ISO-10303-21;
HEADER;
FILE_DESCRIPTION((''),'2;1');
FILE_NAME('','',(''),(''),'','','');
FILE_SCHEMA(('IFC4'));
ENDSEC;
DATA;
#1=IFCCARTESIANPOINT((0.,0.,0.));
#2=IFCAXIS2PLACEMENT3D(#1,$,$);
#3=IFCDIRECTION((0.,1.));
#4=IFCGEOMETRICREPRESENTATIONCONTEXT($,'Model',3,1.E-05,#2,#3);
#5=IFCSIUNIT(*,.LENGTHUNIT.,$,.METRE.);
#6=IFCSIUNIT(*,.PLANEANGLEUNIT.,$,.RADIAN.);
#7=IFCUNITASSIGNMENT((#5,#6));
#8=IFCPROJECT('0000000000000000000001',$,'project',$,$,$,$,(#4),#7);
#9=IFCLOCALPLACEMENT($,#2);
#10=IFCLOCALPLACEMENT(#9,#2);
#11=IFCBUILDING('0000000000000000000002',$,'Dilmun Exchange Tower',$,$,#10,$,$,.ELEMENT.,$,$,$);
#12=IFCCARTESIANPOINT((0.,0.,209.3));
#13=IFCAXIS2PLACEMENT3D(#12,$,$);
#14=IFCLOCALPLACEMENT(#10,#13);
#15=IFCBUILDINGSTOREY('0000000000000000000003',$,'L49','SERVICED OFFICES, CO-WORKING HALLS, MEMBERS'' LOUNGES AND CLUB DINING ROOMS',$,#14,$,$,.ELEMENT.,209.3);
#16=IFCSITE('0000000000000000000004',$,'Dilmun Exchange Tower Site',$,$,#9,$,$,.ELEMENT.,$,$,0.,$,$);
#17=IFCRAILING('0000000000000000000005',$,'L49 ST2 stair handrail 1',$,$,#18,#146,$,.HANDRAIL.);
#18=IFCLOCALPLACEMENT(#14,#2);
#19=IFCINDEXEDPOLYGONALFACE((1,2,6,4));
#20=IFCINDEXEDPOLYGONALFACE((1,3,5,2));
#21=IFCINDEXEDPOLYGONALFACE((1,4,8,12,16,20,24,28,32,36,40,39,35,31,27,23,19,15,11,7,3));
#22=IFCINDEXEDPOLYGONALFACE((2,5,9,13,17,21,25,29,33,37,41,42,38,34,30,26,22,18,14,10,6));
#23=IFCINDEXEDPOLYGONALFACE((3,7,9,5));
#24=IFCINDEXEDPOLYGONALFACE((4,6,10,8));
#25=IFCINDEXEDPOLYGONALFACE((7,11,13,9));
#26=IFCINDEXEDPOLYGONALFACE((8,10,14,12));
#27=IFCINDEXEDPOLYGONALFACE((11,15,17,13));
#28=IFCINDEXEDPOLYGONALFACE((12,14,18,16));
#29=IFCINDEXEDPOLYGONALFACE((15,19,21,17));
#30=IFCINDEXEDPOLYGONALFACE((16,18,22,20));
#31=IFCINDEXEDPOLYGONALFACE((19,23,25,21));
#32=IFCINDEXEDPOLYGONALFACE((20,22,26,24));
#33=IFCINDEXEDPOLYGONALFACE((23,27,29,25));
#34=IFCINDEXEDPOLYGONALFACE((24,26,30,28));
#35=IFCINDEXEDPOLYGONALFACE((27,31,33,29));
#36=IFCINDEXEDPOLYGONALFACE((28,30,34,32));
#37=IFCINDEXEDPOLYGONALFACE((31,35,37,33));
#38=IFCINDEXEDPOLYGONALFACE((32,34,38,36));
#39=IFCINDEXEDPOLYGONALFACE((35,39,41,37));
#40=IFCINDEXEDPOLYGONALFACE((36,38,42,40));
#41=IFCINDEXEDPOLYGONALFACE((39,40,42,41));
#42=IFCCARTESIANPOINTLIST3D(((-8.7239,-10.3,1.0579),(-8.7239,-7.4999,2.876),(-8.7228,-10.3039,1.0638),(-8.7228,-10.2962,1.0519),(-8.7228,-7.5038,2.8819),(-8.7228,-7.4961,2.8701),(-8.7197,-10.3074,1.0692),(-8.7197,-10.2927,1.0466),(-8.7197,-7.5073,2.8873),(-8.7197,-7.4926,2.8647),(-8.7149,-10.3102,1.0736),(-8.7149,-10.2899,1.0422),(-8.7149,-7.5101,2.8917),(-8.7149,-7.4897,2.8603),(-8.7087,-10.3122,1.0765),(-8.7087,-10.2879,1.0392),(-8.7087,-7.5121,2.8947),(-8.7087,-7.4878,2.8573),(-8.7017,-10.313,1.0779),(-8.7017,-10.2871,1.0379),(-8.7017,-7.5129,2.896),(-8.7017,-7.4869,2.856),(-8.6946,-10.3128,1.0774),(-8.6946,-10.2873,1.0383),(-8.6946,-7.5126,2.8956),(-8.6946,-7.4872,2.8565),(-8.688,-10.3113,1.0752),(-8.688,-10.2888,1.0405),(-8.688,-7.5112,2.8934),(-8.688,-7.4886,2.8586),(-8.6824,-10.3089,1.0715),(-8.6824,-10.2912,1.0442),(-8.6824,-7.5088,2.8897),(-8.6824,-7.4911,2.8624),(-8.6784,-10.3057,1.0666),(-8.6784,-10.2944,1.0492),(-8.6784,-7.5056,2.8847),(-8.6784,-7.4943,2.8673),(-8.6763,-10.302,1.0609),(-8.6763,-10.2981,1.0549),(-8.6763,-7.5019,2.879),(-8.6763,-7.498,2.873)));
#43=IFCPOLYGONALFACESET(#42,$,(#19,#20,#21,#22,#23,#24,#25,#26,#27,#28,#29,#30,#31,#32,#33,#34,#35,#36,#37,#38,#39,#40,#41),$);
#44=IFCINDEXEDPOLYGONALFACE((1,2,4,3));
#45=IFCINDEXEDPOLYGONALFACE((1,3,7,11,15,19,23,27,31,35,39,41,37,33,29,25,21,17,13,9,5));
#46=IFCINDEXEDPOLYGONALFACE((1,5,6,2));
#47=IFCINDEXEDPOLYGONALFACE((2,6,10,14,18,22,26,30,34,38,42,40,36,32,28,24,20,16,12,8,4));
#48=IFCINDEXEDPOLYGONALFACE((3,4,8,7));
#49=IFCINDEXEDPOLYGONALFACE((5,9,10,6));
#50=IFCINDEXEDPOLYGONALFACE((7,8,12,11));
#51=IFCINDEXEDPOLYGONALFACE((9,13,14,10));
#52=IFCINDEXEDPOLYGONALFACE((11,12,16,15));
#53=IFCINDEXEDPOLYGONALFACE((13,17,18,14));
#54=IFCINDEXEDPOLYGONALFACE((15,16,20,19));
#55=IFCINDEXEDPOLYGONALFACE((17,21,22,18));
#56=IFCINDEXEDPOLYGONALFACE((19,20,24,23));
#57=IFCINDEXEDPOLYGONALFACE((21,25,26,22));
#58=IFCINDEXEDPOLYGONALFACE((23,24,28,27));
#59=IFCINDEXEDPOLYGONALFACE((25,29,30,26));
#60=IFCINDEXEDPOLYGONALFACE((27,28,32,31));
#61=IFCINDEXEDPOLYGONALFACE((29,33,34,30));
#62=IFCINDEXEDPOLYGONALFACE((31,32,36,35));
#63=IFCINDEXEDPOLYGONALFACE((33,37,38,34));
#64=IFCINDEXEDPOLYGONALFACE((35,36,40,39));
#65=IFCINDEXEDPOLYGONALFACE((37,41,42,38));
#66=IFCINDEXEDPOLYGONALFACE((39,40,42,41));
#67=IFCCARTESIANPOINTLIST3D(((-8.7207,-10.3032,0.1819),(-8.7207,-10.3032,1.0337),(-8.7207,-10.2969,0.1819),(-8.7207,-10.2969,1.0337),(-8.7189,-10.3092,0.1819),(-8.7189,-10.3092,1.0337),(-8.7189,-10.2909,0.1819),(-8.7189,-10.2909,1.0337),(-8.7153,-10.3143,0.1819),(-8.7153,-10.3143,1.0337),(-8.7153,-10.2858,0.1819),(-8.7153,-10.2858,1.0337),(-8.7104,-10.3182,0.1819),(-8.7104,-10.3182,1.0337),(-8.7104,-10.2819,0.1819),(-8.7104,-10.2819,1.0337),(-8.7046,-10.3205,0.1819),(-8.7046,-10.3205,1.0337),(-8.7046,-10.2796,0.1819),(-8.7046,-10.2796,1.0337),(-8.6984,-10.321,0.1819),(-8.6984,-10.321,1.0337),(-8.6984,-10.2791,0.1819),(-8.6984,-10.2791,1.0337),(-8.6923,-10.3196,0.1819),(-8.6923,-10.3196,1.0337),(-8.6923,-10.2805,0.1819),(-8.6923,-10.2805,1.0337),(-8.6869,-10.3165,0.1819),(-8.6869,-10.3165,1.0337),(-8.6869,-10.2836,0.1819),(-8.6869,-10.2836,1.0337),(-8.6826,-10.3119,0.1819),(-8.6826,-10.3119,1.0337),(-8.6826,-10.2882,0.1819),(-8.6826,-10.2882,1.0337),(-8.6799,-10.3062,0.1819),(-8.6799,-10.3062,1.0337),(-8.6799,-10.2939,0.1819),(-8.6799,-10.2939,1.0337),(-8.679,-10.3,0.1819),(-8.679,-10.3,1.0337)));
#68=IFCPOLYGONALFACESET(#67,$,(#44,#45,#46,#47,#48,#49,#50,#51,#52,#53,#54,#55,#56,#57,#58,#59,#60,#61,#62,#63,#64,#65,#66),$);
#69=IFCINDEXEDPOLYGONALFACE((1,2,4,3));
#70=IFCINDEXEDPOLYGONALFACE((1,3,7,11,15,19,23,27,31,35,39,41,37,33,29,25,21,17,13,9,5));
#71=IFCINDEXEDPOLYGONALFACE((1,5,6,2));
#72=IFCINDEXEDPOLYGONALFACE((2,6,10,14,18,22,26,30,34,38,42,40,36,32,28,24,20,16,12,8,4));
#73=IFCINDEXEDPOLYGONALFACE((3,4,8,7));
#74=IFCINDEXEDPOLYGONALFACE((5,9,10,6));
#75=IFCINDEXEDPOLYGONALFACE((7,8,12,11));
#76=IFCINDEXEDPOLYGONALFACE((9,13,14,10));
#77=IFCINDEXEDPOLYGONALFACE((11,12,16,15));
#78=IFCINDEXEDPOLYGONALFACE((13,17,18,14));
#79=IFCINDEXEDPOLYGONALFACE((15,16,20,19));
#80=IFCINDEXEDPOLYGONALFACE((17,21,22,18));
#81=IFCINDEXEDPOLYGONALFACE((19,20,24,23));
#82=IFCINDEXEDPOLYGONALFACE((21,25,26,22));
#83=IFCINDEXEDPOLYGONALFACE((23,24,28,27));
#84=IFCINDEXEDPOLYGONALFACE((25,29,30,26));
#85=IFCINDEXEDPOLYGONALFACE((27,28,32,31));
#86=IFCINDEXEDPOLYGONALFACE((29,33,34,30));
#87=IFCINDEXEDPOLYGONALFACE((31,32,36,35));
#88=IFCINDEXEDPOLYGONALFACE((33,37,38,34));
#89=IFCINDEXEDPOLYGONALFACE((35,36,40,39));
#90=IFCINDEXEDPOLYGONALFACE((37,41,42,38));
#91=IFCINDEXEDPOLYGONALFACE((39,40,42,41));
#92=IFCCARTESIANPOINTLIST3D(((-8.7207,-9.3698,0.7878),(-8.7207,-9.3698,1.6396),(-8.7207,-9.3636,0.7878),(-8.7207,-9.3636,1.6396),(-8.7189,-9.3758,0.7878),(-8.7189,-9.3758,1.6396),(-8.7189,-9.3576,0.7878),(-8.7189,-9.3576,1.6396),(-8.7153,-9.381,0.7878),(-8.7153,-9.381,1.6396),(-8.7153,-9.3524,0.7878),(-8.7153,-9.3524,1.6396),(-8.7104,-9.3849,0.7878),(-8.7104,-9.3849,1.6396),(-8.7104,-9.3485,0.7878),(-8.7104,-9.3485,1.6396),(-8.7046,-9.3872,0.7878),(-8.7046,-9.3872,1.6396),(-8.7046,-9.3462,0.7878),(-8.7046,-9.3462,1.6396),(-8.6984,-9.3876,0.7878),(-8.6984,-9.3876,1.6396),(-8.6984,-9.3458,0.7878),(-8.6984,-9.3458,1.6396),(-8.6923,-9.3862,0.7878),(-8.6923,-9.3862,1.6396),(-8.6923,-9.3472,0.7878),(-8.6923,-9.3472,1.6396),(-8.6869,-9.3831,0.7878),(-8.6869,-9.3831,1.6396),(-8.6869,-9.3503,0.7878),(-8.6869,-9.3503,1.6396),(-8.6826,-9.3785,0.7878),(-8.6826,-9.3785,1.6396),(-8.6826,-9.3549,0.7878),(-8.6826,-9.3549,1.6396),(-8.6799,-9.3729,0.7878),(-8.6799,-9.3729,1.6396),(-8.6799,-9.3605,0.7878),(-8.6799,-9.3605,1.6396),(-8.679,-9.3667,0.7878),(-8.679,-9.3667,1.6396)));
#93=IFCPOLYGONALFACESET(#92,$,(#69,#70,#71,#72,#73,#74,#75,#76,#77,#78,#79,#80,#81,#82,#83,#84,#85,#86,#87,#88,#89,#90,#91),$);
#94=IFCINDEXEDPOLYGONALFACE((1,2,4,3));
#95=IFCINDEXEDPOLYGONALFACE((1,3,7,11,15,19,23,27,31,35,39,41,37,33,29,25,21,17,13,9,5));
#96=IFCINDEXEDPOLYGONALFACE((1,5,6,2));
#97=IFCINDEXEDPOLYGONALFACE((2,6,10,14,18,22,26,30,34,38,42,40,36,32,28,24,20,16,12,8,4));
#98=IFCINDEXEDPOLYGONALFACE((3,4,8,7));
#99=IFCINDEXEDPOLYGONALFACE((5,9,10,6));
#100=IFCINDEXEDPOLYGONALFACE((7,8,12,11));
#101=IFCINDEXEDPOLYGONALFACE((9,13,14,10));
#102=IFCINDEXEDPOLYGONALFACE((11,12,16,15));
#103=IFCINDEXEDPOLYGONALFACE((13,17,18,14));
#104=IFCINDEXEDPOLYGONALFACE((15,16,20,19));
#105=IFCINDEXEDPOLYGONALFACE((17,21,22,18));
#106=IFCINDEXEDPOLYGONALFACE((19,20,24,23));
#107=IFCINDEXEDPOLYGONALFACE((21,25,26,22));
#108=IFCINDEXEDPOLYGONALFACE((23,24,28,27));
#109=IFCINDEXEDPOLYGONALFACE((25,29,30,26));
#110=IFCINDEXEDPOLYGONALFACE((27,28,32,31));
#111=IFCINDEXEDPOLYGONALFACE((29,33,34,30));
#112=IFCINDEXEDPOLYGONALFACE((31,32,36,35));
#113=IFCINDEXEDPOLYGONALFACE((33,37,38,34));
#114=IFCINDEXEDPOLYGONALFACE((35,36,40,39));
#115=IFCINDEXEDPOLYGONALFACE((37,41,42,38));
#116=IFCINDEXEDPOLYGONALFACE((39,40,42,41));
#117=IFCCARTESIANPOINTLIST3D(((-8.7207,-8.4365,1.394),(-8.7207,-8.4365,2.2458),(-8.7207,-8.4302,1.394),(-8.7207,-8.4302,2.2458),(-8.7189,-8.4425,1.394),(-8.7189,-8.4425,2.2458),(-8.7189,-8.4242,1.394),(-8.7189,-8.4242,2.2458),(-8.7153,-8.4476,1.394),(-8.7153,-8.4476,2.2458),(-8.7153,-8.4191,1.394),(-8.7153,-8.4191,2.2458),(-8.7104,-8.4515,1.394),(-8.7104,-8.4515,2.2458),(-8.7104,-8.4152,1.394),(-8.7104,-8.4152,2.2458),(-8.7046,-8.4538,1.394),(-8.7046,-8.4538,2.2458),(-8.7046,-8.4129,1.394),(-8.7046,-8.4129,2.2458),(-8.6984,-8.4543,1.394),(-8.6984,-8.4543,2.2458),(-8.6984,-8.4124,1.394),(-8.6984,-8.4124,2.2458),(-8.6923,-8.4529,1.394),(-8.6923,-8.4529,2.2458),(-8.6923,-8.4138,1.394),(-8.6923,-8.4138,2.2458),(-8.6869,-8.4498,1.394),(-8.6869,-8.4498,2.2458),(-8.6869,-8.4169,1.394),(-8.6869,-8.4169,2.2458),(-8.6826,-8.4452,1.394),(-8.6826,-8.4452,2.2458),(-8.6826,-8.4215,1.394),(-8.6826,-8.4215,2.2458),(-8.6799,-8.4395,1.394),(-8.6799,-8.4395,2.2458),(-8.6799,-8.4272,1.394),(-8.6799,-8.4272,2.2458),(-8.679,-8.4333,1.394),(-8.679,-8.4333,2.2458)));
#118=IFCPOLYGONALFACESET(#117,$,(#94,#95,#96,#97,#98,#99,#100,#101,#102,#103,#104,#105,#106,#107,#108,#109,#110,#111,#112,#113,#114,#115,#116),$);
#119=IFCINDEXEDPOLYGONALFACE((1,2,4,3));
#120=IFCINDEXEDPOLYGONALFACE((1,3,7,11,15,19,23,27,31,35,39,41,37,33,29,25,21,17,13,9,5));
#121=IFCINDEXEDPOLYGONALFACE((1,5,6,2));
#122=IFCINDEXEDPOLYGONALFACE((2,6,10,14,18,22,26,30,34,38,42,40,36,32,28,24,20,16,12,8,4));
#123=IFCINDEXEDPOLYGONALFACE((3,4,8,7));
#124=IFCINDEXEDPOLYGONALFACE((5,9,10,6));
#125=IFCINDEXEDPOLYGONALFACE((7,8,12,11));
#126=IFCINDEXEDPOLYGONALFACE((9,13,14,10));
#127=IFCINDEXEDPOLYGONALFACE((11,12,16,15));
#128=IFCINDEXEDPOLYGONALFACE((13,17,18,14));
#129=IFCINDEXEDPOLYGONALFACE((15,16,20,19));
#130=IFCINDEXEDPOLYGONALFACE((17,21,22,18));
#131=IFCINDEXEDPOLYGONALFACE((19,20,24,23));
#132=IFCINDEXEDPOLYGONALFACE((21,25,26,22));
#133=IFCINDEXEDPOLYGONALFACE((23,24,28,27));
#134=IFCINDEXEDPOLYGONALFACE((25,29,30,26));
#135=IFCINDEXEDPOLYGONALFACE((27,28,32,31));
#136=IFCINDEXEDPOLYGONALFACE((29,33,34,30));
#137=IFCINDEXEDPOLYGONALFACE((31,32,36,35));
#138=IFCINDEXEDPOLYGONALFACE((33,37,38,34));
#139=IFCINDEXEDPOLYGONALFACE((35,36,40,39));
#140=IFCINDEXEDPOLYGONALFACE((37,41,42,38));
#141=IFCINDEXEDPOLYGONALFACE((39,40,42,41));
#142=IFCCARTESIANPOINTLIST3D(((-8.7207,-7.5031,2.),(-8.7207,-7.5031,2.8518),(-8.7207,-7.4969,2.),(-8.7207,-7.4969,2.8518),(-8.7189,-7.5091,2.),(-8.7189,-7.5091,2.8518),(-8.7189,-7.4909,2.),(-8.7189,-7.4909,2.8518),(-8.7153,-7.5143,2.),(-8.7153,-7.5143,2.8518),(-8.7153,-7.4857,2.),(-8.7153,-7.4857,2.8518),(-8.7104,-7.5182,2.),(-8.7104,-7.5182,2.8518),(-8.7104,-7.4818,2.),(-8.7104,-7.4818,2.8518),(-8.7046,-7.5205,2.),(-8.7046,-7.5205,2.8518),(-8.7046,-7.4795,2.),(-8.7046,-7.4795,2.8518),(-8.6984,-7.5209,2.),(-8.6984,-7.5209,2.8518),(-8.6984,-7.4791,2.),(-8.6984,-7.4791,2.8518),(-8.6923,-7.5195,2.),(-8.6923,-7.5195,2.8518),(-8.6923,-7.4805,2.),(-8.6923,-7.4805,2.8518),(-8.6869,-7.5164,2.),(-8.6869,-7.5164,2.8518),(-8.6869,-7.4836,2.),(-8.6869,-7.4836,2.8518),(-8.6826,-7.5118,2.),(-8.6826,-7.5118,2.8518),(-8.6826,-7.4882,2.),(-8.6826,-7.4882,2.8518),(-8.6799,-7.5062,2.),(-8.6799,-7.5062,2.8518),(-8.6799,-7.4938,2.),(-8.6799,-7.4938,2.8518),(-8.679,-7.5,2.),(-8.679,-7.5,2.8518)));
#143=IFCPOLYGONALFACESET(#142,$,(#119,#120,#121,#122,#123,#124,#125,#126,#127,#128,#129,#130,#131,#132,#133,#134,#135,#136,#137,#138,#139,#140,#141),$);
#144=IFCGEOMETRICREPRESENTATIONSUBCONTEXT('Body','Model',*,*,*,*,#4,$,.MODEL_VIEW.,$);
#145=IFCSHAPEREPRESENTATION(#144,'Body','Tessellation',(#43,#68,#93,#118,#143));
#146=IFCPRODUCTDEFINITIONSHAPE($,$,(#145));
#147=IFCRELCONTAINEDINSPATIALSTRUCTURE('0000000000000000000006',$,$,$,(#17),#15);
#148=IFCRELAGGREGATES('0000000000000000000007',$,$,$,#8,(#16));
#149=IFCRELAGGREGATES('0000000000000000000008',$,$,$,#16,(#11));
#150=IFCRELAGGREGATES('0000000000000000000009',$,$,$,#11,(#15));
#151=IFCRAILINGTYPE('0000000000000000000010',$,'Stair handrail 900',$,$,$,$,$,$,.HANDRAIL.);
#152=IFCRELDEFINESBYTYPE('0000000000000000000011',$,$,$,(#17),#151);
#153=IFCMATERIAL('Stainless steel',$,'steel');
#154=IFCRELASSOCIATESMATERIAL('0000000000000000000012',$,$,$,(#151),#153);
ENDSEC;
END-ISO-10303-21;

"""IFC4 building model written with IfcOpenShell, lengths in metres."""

from ifc_helpers import new_model, si_unit, direction, frame, origin, origin_2d, place, context, subcontext, project, spatial, circle, extrude, material, type_object, element, save


model = new_model("IFC4")

# Units and contexts
model_context = context("Model", 3, precision=1e-05, world=origin(), true_north=direction((0.0, 1.0)))
body_context = subcontext(model_context, "Body", "Model", "MODEL_VIEW")
ifc_project = project(units=[si_unit("LENGTHUNIT", "METRE"), si_unit("PLANEANGLEUNIT", "RADIAN")], contexts=[model_context])

# Site, building, storey
site_placement = place(None, origin())
site = spatial("IfcSite", under=ifc_project, at=site_placement, Name="Dilmun Exchange Tower Site", CompositionType="ELEMENT", RefElevation=0.0)
building_placement = place(site_placement, origin())
building = spatial("IfcBuilding", under=site, at=building_placement, Name="Dilmun Exchange Tower", CompositionType="ELEMENT")
storey_placement = place(building_placement, frame((0.0, 0.0, 209.3)))
storey = spatial("IfcBuildingStorey", under=building, at=storey_placement, Name="L49", Description="SERVICED OFFICES, CO-WORKING HALLS, MEMBERS' LOUNGES AND CLUB DINING ROOMS", CompositionType="ELEMENT", Elevation=209.3)

# Railing
ifc_material_1 = material(Name="Stainless steel", Category="steel")
railing_type = type_object("IfcRailingType", Name="Stair handrail 900", PredefinedType="HANDRAIL", material=ifc_material_1)
railing_placement = place(storey_placement, frame((-8.7, -10.3, 0.1819)))
element("IfcRailing", 1, at=railing_placement, inside=storey, type_object=railing_type, Name="L49 ST2 stair handrail 1", PredefinedType="HANDRAIL", context=body_context, shape_type="SweptSolid", body=[
    extrude(circle(Radius=0.0239, at=origin_2d()), frame((0.0, 0.0, 0.876), z_axis=(0.0, 0.838706, 0.544585), x_axis=(-1.0, 0.0, 0.0)), (0.0, 0.0, 1.0), 3.3386),
    extrude(circle(Radius=0.021, at=origin_2d()), origin(), (0.0, 0.0, 1.0), 0.8518),
    extrude(circle(Radius=0.021, at=origin_2d()), frame((0.0, 0.9333, 0.606)), (0.0, 0.0, 1.0), 0.8518),
    extrude(circle(Radius=0.021, at=origin_2d()), frame((0.0, 1.8667, 1.2122)), (0.0, 0.0, 1.0), 0.8518),
    extrude(circle(Radius=0.021, at=origin_2d()), frame((0.0, 2.8, 1.8181)), (0.0, 0.0, 1.0), 0.8518),
])

save(model, "model.ifc")
